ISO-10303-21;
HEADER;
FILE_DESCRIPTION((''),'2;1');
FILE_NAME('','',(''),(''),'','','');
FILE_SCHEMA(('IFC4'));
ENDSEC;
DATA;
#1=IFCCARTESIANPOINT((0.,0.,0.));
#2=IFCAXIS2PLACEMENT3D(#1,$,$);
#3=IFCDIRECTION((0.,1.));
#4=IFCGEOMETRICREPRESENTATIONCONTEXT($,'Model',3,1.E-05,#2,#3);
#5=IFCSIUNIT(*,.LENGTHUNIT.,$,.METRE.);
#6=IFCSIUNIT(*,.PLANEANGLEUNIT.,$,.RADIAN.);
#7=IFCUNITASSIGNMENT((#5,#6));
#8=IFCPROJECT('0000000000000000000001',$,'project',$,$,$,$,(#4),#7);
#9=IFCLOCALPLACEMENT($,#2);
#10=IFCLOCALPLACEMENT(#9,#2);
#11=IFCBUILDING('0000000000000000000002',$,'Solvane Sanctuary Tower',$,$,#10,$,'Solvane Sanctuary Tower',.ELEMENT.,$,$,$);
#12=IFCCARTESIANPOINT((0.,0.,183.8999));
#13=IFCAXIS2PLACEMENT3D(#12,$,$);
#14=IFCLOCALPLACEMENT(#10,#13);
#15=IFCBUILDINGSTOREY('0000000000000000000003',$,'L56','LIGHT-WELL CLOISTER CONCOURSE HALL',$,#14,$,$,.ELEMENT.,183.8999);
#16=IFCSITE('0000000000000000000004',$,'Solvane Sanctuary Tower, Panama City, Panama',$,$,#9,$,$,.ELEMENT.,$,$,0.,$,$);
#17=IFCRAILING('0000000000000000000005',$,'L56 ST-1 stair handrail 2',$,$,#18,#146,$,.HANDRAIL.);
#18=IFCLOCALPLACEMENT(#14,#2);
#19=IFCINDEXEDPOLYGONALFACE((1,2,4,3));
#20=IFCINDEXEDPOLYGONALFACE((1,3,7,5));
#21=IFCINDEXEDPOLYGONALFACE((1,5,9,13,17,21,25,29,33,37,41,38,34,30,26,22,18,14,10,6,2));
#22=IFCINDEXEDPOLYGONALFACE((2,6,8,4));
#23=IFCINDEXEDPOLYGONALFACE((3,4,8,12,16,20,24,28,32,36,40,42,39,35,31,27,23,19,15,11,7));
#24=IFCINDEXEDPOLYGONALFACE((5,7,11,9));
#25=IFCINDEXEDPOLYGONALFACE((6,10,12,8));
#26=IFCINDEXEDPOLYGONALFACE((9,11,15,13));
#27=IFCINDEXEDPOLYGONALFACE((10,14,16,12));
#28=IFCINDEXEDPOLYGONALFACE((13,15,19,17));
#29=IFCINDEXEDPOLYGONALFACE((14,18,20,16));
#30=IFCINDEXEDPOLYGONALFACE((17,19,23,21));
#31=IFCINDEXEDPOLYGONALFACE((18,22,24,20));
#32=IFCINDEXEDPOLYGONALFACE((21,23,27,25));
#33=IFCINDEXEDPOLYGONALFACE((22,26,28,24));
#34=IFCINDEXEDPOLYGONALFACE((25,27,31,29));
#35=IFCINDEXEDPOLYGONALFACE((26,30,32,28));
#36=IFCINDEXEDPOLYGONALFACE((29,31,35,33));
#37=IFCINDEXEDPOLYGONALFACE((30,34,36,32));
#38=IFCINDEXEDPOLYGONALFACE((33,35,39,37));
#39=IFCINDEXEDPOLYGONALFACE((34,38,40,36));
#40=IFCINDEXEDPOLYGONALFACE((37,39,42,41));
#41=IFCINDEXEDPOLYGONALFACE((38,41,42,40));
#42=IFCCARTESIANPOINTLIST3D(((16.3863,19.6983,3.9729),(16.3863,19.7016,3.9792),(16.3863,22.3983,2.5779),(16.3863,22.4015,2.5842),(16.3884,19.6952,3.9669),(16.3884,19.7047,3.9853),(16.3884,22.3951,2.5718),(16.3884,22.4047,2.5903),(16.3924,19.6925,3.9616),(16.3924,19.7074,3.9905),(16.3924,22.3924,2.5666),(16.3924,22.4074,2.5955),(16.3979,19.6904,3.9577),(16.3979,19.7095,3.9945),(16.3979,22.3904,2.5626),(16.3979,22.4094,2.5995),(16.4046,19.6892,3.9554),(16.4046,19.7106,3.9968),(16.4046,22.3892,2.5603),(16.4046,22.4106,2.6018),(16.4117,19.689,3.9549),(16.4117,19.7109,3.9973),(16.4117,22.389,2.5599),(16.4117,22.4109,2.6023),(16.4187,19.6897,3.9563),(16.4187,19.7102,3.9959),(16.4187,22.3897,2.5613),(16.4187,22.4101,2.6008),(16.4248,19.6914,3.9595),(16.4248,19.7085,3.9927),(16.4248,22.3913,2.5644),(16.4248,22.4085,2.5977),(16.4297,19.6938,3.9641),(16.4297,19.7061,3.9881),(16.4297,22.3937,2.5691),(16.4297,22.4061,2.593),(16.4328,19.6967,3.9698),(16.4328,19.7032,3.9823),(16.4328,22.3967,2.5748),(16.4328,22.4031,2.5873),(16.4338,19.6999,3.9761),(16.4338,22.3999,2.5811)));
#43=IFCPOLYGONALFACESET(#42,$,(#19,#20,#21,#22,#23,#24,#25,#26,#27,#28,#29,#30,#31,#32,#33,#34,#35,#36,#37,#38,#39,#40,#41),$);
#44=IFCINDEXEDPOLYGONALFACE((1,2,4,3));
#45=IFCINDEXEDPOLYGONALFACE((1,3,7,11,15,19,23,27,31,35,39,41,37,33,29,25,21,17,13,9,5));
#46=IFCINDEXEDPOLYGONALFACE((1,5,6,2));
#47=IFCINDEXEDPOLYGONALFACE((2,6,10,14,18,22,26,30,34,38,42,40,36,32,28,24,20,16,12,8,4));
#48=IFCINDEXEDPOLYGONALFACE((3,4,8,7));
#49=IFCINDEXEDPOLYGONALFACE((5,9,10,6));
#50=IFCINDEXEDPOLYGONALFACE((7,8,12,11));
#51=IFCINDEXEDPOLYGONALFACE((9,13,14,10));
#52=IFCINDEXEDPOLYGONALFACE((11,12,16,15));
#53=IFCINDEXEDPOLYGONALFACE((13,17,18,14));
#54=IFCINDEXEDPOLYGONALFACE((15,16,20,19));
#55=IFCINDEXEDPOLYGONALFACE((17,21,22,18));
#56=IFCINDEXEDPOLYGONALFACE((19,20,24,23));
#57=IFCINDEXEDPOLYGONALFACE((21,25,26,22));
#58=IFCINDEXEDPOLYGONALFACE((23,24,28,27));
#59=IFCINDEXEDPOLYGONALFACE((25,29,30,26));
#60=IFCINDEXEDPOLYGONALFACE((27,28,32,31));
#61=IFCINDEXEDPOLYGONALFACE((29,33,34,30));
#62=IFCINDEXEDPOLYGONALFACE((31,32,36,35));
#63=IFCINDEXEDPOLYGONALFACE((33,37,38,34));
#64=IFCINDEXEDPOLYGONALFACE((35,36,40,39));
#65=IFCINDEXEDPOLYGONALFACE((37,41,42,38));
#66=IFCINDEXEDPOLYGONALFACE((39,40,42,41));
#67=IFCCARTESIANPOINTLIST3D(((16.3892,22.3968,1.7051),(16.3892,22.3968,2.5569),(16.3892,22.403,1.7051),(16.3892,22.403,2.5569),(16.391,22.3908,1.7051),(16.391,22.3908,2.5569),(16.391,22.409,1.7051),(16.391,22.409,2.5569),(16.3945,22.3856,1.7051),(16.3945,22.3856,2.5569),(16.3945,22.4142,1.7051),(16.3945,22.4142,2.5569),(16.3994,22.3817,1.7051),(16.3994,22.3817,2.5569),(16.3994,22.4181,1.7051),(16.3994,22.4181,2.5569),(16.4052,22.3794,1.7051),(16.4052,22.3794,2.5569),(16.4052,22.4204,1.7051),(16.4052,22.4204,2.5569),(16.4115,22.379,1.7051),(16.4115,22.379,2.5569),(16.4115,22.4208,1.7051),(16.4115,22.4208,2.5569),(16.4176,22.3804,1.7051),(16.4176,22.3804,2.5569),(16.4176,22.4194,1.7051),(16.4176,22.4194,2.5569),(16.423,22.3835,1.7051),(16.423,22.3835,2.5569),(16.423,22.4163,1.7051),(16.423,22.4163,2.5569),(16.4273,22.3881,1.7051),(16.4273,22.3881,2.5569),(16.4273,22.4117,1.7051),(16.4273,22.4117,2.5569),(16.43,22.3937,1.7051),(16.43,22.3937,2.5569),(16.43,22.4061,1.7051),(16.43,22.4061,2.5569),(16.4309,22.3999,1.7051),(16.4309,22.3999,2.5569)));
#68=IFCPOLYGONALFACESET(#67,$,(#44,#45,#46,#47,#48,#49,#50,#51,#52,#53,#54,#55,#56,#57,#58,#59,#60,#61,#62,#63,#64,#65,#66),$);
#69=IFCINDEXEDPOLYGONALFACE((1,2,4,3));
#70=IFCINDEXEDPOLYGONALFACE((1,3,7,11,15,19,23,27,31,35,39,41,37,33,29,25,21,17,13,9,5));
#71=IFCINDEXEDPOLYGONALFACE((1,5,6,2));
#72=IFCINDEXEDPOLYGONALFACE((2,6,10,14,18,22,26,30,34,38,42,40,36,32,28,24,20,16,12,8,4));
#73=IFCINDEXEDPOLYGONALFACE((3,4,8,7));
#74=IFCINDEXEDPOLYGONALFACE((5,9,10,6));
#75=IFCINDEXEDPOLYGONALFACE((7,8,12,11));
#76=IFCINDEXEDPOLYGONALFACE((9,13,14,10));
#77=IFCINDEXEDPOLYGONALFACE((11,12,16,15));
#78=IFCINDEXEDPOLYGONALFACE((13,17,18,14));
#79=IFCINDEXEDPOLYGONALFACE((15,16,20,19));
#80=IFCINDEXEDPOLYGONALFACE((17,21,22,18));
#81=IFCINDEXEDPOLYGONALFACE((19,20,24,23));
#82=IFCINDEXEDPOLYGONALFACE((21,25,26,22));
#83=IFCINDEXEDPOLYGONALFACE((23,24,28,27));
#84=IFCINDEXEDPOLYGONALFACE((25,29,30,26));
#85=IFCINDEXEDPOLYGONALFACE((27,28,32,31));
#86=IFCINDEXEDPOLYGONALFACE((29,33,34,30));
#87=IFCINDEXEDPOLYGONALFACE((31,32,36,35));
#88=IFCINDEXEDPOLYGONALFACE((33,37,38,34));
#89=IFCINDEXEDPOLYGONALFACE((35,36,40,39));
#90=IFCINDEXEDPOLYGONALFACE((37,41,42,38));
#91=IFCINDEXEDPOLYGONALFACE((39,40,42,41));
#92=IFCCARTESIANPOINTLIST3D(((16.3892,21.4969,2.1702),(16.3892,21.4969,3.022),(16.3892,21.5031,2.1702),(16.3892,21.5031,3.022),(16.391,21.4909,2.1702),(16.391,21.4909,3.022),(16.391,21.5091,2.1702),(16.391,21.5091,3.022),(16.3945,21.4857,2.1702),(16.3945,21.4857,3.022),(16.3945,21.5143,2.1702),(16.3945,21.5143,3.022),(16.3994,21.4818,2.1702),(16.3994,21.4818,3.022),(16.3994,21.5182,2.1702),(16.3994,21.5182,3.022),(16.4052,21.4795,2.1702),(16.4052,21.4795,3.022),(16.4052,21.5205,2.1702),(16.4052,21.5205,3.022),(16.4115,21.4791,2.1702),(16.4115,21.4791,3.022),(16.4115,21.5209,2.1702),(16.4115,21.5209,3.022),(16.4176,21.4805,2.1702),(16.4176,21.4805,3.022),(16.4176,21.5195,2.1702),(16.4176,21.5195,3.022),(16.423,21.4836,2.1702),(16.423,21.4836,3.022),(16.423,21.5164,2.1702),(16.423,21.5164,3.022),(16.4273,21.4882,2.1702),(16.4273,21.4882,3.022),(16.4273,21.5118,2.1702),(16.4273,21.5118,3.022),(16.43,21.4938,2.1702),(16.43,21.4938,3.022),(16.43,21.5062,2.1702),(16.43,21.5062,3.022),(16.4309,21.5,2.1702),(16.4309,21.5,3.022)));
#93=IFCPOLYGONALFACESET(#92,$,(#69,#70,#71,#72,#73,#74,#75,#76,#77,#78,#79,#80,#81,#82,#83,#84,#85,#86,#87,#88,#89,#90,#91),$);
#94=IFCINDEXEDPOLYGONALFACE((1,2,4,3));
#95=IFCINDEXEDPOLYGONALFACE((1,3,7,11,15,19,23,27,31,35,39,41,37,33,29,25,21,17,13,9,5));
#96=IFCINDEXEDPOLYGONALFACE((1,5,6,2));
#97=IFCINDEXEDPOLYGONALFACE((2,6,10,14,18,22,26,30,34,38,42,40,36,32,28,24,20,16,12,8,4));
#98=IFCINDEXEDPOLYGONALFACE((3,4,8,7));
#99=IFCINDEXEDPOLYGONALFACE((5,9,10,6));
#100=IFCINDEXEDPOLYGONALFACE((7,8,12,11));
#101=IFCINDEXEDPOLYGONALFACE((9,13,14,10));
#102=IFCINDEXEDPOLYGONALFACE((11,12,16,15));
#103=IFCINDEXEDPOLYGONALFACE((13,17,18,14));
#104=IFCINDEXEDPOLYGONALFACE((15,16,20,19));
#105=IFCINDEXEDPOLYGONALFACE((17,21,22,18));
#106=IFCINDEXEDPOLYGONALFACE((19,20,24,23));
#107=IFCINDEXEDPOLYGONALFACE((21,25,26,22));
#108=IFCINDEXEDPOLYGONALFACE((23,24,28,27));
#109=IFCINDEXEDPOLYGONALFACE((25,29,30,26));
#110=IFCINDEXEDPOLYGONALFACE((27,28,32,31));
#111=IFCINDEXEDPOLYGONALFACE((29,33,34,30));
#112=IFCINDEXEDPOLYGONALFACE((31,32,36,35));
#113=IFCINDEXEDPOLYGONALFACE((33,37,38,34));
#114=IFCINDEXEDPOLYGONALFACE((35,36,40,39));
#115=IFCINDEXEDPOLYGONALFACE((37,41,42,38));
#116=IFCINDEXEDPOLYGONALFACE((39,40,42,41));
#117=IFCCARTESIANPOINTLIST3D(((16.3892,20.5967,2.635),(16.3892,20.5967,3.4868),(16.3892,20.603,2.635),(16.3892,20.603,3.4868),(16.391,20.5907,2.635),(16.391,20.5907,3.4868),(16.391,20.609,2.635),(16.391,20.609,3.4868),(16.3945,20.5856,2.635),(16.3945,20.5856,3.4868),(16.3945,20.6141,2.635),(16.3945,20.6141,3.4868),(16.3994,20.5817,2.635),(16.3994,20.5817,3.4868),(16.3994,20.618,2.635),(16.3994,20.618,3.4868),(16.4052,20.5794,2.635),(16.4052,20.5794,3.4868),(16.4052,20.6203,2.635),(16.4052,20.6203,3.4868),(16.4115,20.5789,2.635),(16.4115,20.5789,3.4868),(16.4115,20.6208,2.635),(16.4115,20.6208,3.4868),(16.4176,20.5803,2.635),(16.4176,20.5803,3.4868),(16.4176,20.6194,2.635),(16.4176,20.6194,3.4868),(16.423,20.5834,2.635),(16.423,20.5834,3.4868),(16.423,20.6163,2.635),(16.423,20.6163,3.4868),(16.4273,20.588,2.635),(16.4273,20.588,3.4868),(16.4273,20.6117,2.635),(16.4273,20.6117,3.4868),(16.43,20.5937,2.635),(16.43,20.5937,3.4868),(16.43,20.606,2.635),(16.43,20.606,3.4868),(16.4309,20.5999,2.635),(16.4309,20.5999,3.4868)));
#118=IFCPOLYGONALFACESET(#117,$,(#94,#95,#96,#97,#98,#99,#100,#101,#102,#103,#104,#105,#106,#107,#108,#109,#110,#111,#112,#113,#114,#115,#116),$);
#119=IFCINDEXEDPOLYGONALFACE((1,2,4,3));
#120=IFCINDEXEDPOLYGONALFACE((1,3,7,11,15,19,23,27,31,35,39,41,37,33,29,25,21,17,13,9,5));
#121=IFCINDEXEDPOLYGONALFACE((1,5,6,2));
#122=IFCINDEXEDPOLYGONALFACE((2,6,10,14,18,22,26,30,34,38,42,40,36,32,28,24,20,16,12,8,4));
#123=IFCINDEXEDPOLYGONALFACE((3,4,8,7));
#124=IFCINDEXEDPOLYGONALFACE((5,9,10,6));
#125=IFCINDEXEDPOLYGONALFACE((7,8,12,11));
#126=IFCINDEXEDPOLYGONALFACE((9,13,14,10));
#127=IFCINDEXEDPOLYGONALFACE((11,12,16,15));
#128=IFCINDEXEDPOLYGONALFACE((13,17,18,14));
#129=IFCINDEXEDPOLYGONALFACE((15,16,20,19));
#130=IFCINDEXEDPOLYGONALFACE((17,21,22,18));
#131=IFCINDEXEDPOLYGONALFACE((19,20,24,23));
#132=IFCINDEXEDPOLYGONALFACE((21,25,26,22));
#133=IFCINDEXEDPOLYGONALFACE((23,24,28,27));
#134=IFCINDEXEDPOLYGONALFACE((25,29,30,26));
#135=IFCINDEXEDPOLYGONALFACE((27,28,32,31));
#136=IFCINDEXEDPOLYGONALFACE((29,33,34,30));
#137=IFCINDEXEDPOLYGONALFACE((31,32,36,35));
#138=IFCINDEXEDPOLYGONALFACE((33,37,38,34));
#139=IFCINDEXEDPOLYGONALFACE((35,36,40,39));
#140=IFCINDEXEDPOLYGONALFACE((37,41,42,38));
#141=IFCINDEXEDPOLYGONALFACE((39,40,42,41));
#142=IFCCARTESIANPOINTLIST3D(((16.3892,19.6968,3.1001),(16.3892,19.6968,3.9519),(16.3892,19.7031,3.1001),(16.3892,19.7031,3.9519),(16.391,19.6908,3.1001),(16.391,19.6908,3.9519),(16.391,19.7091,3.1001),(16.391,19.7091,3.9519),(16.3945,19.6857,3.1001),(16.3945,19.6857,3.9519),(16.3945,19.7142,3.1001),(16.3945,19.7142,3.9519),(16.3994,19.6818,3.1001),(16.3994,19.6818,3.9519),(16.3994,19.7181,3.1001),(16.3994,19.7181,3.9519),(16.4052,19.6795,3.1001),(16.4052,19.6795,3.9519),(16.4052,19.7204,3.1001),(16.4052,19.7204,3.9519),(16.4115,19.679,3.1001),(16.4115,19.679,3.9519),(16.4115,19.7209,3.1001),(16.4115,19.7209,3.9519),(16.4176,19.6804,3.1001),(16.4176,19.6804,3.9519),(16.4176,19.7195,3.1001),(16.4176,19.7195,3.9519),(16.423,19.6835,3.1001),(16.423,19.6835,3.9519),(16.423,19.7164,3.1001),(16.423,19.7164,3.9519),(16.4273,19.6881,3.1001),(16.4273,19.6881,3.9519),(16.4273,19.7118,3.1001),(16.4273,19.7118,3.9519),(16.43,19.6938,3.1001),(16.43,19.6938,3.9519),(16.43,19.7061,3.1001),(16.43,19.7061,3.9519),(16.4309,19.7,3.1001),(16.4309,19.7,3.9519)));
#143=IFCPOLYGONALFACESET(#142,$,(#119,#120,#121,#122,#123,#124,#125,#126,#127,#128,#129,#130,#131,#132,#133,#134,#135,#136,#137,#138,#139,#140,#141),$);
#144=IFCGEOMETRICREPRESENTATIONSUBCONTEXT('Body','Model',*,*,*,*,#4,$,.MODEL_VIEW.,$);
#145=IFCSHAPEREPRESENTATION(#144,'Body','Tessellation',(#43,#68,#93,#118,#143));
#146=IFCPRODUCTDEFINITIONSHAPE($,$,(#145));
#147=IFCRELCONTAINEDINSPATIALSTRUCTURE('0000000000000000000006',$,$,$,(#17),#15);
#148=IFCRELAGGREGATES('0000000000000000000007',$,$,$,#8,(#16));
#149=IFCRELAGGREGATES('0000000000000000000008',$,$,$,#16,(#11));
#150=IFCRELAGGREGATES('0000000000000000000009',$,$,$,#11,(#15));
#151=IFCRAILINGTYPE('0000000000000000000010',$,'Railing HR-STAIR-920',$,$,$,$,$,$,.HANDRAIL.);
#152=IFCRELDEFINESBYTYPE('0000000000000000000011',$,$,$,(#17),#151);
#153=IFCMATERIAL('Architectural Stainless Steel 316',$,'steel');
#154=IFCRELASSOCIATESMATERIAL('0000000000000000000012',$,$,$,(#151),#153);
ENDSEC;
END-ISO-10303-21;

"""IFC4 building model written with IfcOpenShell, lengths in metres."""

from ifc_helpers import new_model, si_unit, direction, frame, origin, origin_2d, place, context, subcontext, project, spatial, circle, extrude, material, type_object, element, save


model = new_model("IFC4")

# Units and contexts
model_context = context("Model", 3, precision=1e-05, world=origin(), true_north=direction((0.0, 1.0)))
body_context = subcontext(model_context, "Body", "Model", "MODEL_VIEW")
ifc_project = project(units=[si_unit("LENGTHUNIT", "METRE"), si_unit("PLANEANGLEUNIT", "RADIAN")], contexts=[model_context])

# Site, building, storey
site_placement = place(None, origin())
site = spatial("IfcSite", under=ifc_project, at=site_placement, Name="Solvane Sanctuary Tower, Panama City, Panama", CompositionType="ELEMENT", RefElevation=0.0)
building_placement = place(site_placement, origin())
building = spatial("IfcBuilding", under=site, at=building_placement, Name="Solvane Sanctuary Tower", LongName="Solvane Sanctuary Tower", CompositionType="ELEMENT")
storey_placement = place(building_placement, frame((0.0, 0.0, 183.8999)))
storey = spatial("IfcBuildingStorey", under=building, at=storey_placement, Name="L56", Description="LIGHT-WELL CLOISTER CONCOURSE HALL", CompositionType="ELEMENT", Elevation=183.8999)

# Railing
ifc_material_1 = material(Name="Architectural Stainless Steel 316", Category="steel")
railing_type_1 = type_object("IfcRailingType", Name="Railing HR-STAIR-920", PredefinedType="HANDRAIL", material=ifc_material_1)
railing_1_placement = place(storey_placement, frame((16.4099, 22.3999, 1.7051)))
element("IfcRailing", 1, at=railing_1_placement, inside=storey, type_object=railing_type_1, Name="L56 ST-1 stair handrail 2", PredefinedType="HANDRAIL", context=body_context, shape_type="SweptSolid", body=[
    extrude(circle(Radius=0.0239, at=origin_2d()), frame((0.0, 0.0, 0.876), z_axis=(0.0, -0.88842, 0.459032), x_axis=(1.0, 0.0, 0.0)), (0.0, 0.0, 1.0), 3.0391),
    extrude(circle(Radius=0.021, at=origin_2d()), origin(), (0.0, 0.0, 1.0), 0.8518),
    extrude(circle(Radius=0.021, at=origin_2d()), frame((0.0, -0.8999, 0.4651)), (0.0, 0.0, 1.0), 0.8518),
    extrude(circle(Radius=0.021, at=origin_2d()), frame((0.0, -1.8, 0.9299)), (0.0, 0.0, 1.0), 0.8518),
    extrude(circle(Radius=0.021, at=origin_2d()), frame((0.0, -2.7, 1.395)), (0.0, 0.0, 1.0), 0.8518),
])

save(model, "model.ifc")
